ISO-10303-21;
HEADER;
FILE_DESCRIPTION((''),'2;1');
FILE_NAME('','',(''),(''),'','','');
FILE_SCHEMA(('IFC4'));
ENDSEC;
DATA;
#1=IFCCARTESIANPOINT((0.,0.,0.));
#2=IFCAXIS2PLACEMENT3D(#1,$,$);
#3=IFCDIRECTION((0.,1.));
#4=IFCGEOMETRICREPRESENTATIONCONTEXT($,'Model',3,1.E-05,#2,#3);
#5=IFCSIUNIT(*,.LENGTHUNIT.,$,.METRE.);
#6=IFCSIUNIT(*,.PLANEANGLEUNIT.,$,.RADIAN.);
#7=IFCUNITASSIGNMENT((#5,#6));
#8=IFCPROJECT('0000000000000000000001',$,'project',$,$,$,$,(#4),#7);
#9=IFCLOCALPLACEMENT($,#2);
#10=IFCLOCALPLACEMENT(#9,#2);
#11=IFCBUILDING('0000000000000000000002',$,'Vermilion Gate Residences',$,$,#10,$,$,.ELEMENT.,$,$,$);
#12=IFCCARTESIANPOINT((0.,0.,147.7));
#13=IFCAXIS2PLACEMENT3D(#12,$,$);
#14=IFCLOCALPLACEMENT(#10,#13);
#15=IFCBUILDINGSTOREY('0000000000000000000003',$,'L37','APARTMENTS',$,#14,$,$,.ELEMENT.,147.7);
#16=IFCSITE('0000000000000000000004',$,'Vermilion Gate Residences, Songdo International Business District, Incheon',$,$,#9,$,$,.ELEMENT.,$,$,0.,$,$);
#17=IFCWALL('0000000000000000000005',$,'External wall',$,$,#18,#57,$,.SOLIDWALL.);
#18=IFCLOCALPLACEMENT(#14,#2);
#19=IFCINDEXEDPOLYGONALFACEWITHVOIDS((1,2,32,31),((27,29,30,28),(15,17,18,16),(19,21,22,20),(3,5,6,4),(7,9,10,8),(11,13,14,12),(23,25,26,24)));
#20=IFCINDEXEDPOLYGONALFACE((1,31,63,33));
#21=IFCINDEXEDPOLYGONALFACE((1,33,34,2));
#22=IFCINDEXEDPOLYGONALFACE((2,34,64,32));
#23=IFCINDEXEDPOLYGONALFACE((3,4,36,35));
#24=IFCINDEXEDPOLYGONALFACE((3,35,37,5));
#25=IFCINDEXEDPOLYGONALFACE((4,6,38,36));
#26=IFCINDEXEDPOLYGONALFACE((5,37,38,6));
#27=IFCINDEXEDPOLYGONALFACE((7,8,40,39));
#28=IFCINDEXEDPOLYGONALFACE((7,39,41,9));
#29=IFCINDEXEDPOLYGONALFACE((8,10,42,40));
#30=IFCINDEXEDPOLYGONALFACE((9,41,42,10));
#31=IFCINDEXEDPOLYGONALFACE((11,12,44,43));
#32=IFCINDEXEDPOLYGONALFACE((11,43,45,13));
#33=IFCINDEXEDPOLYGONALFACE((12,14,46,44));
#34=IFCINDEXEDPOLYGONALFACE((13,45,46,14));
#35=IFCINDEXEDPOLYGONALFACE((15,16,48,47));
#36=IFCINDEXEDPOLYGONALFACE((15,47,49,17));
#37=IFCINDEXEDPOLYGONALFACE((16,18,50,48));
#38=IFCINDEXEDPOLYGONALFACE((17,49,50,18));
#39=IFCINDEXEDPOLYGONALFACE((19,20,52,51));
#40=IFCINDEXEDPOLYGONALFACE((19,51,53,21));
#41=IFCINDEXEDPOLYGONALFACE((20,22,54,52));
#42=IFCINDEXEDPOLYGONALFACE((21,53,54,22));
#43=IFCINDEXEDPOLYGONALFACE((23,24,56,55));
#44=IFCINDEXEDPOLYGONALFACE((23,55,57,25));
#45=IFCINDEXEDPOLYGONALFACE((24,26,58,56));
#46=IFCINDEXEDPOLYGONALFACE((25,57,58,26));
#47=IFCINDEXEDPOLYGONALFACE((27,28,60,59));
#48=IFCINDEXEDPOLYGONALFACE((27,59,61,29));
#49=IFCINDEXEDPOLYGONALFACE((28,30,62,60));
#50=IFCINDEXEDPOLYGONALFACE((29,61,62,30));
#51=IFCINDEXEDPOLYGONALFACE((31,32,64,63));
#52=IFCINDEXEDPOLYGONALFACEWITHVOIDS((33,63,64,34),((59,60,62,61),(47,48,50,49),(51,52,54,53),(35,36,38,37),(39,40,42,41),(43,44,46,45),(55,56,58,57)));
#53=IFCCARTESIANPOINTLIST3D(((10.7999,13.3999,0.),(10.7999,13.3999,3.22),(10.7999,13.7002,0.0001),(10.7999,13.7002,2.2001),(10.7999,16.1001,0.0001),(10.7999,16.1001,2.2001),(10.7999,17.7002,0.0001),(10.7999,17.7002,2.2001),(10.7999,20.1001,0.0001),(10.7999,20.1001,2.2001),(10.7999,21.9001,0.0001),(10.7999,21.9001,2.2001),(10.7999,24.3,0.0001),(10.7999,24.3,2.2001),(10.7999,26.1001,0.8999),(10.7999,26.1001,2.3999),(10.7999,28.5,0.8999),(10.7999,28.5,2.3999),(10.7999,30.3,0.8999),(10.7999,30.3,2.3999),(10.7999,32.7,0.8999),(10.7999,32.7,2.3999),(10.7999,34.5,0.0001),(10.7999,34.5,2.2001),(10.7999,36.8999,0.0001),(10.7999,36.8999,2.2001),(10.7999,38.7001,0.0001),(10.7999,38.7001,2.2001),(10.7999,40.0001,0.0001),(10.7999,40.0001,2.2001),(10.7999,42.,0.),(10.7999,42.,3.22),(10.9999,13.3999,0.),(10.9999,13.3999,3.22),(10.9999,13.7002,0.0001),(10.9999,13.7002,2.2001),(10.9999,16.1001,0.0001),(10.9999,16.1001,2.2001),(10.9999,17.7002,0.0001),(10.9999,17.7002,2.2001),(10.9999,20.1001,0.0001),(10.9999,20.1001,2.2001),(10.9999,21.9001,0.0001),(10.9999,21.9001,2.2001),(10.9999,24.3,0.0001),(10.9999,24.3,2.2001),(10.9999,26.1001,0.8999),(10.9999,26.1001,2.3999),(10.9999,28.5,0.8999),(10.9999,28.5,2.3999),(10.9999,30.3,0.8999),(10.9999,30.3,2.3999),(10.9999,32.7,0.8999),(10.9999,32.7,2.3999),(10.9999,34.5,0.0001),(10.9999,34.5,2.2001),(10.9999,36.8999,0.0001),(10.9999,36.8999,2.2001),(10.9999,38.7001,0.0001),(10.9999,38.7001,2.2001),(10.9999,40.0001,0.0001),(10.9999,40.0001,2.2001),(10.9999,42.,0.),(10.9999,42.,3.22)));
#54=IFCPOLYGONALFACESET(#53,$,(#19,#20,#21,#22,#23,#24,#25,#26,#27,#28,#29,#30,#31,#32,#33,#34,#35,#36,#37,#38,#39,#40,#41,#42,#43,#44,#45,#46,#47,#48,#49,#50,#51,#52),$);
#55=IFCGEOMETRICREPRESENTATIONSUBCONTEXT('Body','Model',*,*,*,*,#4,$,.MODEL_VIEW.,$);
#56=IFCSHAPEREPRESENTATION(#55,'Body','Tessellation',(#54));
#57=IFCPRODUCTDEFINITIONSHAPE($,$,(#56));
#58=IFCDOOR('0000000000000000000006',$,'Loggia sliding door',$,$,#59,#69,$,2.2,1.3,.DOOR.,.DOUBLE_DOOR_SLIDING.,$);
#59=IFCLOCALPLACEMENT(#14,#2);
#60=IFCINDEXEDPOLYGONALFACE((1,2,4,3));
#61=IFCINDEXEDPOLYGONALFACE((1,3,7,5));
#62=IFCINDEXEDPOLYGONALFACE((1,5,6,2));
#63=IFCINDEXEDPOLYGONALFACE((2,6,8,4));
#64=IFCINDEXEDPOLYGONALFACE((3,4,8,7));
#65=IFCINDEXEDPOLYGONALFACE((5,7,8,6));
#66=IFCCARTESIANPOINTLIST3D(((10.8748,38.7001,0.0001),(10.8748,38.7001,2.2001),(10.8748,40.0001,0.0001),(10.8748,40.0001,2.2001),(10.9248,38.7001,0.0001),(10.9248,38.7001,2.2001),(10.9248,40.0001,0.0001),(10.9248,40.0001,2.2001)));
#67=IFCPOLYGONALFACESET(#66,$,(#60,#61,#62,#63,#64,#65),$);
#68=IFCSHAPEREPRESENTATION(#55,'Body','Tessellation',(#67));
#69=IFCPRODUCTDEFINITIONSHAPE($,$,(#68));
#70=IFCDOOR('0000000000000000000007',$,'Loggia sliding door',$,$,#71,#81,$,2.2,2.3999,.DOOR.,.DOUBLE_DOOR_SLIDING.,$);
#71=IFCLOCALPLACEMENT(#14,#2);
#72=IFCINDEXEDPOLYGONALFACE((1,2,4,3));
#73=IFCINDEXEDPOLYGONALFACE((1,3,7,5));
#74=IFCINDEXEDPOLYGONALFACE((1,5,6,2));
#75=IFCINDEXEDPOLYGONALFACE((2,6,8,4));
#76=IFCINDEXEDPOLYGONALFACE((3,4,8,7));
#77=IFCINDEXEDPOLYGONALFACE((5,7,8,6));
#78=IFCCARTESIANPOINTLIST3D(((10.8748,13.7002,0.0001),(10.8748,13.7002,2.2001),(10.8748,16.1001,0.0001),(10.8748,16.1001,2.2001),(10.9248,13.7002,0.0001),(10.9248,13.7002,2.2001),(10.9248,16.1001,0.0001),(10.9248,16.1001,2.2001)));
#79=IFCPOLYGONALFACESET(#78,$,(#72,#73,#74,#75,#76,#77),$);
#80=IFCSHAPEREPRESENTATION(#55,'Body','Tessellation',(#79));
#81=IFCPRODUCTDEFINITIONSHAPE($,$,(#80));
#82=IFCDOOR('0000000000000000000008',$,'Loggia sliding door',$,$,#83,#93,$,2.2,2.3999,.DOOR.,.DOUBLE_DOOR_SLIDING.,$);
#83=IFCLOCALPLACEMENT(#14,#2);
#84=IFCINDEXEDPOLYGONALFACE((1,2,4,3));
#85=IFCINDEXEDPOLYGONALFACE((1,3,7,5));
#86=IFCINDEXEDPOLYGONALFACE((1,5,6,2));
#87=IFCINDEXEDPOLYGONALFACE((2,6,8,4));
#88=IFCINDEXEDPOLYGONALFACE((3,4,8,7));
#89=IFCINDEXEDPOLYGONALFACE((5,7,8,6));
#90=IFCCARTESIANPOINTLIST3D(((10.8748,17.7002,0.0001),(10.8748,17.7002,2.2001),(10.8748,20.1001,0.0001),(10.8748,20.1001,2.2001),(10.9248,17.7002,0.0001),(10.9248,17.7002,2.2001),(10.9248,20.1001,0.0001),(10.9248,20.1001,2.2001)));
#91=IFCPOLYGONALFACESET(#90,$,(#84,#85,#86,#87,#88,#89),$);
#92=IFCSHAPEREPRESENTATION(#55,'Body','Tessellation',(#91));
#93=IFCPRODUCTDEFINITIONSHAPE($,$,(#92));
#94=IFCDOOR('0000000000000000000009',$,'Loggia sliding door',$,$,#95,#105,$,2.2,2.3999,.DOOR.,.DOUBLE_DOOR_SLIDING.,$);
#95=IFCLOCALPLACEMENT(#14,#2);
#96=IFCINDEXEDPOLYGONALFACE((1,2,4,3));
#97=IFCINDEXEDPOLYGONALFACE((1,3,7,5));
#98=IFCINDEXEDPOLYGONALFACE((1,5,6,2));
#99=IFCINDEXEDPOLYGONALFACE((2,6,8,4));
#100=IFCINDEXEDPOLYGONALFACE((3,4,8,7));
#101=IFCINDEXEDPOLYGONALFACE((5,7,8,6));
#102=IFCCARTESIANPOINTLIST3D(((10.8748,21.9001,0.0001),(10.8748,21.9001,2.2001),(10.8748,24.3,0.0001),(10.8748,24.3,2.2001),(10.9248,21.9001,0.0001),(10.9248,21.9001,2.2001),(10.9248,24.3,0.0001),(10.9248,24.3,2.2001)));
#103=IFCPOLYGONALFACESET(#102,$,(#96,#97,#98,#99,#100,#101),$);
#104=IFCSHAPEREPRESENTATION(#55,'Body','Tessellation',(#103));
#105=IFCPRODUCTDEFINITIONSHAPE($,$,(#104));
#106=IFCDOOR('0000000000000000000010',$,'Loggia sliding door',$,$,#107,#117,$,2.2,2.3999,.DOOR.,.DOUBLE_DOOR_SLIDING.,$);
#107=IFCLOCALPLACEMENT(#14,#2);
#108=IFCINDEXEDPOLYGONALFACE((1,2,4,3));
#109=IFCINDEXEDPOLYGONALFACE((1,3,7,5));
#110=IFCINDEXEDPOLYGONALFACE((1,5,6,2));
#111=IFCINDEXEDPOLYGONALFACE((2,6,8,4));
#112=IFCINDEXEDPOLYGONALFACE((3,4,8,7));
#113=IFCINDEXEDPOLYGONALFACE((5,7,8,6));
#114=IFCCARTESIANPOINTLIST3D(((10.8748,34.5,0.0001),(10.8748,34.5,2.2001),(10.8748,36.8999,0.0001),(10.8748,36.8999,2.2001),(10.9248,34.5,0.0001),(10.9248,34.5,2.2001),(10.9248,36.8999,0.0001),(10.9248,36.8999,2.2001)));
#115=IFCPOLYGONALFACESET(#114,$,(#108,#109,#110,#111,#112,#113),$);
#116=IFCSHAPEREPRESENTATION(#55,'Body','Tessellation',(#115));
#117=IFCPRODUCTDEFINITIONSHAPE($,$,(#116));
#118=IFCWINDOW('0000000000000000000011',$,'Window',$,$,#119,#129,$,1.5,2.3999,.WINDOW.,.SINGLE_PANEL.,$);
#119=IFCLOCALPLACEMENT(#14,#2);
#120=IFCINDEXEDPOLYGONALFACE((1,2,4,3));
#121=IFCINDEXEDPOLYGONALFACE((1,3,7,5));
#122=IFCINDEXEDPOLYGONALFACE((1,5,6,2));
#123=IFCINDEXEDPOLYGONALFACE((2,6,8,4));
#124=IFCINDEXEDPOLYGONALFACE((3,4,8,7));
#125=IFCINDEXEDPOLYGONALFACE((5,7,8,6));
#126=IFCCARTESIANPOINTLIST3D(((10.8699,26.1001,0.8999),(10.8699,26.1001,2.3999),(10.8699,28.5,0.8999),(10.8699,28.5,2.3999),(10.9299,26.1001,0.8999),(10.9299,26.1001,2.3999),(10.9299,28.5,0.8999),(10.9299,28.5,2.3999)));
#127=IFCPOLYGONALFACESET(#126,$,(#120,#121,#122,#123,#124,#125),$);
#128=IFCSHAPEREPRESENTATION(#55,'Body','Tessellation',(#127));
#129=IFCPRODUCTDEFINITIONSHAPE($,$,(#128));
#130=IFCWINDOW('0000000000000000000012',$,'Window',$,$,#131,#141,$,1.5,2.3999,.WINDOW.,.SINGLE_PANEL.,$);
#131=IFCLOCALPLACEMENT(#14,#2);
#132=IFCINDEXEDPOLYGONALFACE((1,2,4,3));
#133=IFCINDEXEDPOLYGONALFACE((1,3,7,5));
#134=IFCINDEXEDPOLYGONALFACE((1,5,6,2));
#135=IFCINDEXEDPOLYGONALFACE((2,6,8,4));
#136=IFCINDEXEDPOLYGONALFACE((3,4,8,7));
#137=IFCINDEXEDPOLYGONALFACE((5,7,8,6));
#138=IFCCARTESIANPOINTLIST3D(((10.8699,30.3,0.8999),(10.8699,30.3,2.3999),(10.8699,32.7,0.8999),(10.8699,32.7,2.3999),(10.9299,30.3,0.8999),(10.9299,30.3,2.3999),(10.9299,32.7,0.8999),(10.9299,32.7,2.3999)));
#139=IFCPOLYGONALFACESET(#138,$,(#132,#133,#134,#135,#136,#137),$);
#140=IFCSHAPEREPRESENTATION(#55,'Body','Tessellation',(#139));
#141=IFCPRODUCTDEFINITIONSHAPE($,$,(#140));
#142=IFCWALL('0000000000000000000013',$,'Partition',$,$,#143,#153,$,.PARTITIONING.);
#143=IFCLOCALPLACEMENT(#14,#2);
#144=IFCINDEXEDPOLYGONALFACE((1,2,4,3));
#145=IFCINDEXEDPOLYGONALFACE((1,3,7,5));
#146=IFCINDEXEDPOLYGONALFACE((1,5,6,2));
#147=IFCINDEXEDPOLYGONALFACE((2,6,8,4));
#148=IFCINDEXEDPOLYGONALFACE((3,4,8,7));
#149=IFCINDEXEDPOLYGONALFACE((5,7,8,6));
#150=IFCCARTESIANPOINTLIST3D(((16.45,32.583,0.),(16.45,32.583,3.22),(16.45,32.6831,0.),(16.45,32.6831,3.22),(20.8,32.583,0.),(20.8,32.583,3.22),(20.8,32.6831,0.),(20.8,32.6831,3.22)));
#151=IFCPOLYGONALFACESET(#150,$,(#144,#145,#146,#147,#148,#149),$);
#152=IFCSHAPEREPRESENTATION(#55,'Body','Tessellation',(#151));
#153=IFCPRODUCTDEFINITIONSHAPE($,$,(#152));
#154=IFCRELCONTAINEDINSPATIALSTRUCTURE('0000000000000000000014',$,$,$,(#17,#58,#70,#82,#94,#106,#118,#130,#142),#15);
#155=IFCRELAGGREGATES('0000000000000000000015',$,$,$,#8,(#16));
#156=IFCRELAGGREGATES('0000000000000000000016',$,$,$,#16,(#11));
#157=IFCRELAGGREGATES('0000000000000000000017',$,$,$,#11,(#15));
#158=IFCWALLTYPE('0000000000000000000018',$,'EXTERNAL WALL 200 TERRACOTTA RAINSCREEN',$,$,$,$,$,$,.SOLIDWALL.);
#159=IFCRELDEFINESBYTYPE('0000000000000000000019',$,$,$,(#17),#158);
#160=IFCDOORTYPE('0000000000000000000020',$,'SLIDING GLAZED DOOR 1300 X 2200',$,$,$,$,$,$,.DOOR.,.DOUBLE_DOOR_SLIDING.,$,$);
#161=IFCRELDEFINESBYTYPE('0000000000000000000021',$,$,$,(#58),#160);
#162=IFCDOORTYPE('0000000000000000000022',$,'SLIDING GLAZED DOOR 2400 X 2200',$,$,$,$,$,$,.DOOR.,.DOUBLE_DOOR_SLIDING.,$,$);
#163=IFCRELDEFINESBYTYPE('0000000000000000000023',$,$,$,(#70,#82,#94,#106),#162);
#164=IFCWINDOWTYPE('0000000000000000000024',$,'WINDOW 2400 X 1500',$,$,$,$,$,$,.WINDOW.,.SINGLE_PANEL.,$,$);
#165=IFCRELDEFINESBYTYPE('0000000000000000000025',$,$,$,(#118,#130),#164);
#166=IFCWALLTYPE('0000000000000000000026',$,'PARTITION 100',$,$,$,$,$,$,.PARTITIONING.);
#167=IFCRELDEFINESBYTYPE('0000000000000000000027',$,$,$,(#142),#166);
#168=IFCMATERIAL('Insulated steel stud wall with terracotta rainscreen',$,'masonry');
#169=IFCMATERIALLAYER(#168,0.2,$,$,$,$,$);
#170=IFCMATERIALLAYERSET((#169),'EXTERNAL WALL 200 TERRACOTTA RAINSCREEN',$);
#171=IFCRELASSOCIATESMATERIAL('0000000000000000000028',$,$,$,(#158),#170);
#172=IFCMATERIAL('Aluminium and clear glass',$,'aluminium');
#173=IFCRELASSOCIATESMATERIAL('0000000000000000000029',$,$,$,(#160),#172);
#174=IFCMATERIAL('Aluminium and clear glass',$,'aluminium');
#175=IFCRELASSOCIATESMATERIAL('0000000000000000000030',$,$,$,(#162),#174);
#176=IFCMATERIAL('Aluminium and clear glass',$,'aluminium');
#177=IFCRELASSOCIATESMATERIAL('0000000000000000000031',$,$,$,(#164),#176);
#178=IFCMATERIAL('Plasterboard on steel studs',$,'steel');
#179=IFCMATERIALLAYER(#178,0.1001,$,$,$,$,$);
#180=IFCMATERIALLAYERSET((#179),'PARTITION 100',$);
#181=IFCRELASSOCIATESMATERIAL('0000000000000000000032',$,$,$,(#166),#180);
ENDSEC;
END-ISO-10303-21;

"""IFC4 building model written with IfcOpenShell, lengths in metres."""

from ifc_helpers import new_model, si_unit, direction, frame, frame_2d, origin, place, context, subcontext, project, spatial, rectangle, extrude, material, layer, layer_set, type_object, element, fill, save


model = new_model("IFC4")

# Units and contexts
model_context = context("Model", 3, precision=1e-05, world=origin(), true_north=direction((0.0, 1.0)))
body_context = subcontext(model_context, "Body", "Model", "MODEL_VIEW")
ifc_project = project(units=[si_unit("LENGTHUNIT", "METRE"), si_unit("PLANEANGLEUNIT", "RADIAN")], contexts=[model_context])

# Site, building, storey
site_placement = place(None, origin())
site = spatial("IfcSite", under=ifc_project, at=site_placement, Name="Vermilion Gate Residences, Songdo International Business District, Incheon", CompositionType="ELEMENT", RefElevation=0.0)
building_placement = place(site_placement, origin())
building = spatial("IfcBuilding", under=site, at=building_placement, Name="Vermilion Gate Residences", CompositionType="ELEMENT")
storey_placement = place(building_placement, frame((0.0, 0.0, 147.7)))
storey = spatial("IfcBuildingStorey", under=building, at=storey_placement, Name="L37", Description="APARTMENTS", CompositionType="ELEMENT", Elevation=147.7)

# Wall, openings, doors, windows
ifc_material_1 = material(Name="Insulated steel stud wall with terracotta rainscreen", Category="masonry")
ifc_layer_1 = layer(ifc_material_1, 0.2)
ifc_layer_set_1 = layer_set([ifc_layer_1], Name="EXTERNAL WALL 200 TERRACOTTA RAINSCREEN")
wall_type_1 = type_object("IfcWallType", Name="EXTERNAL WALL 200 TERRACOTTA RAINSCREEN", PredefinedType="SOLIDWALL", material=ifc_layer_set_1)
wall_1_placement = place(storey_placement, frame((10.8999, 42.0, 0.0), z_axis=(0.0, 0.0, 1.0), x_axis=(0.0, -1.0, 0.0)))
wall_1 = element("IfcWall", 1, at=wall_1_placement, inside=storey, type_object=wall_type_1, Name="External wall", PredefinedType="SOLIDWALL", context=body_context, shape_type="SweptSolid", body=[
    extrude(rectangle(XDim=28.6001, YDim=0.2, at=frame_2d((14.3, 0.0))), origin(), (0.0, 0.0, 1.0), 3.22),
])
opening_1_placement = place(wall_1_placement, frame((25.8999, 0.0, 0.0)))
opening_1 = element("IfcOpeningElement", 2, at=opening_1_placement, cuts=wall_1, PredefinedType="OPENING", context=body_context, shape_type="SweptSolid", body=[
    extrude(rectangle(XDim=2.3999, YDim=2.2, at=frame_2d((1.2, 1.1001))), frame((0.0, 0.1099, 0.0), z_axis=(0.0, -1.0, 0.0), x_axis=(1.0, 0.0, 0.0)), (0.0, 0.0, 1.0), 0.22),
])
opening_2_placement = place(wall_1_placement, frame((21.8999, 0.0, 0.0)))
opening_2 = element("IfcOpeningElement", 3, at=opening_2_placement, cuts=wall_1, PredefinedType="OPENING", context=body_context, shape_type="SweptSolid", body=[
    extrude(rectangle(XDim=2.3999, YDim=2.2, at=frame_2d((1.2, 1.1001))), frame((0.0, 0.1099, 0.0), z_axis=(0.0, -1.0, 0.0), x_axis=(1.0, 0.0, 0.0)), (0.0, 0.0, 1.0), 0.22),
])
opening_3_placement = place(wall_1_placement, frame((17.7, 0.0, 0.0)))
opening_3 = element("IfcOpeningElement", 4, at=opening_3_placement, cuts=wall_1, PredefinedType="OPENING", context=body_context, shape_type="SweptSolid", body=[
    extrude(rectangle(XDim=2.3999, YDim=2.2, at=frame_2d((1.2, 1.1001))), frame((0.0, 0.1099, 0.0), z_axis=(0.0, -1.0, 0.0), x_axis=(1.0, 0.0, 0.0)), (0.0, 0.0, 1.0), 0.22),
])
opening_4_placement = place(wall_1_placement, frame((13.5, 0.0, 0.8999)))
opening_4 = element("IfcOpeningElement", 5, at=opening_4_placement, cuts=wall_1, PredefinedType="OPENING", context=body_context, shape_type="SweptSolid", body=[
    extrude(rectangle(XDim=2.3999, YDim=1.5, at=frame_2d((1.2, 0.75))), frame((0.0, 0.1099, 0.0), z_axis=(0.0, -1.0, 0.0), x_axis=(1.0, 0.0, 0.0)), (0.0, 0.0, 1.0), 0.22),
])
opening_5_placement = place(wall_1_placement, frame((9.3, 0.0, 0.8999)))
opening_5 = element("IfcOpeningElement", 6, at=opening_5_placement, cuts=wall_1, PredefinedType="OPENING", context=body_context, shape_type="SweptSolid", body=[
    extrude(rectangle(XDim=2.3999, YDim=1.5, at=frame_2d((1.2, 0.75))), frame((0.0, 0.1099, 0.0), z_axis=(0.0, -1.0, 0.0), x_axis=(1.0, 0.0, 0.0)), (0.0, 0.0, 1.0), 0.22),
])
opening_6_placement = place(wall_1_placement, frame((5.1001, 0.0, 0.0)))
opening_6 = element("IfcOpeningElement", 7, at=opening_6_placement, cuts=wall_1, PredefinedType="OPENING", context=body_context, shape_type="SweptSolid", body=[
    extrude(rectangle(XDim=2.3999, YDim=2.2, at=frame_2d((1.2, 1.1001))), frame((0.0, 0.1099, 0.0), z_axis=(0.0, -1.0, 0.0), x_axis=(1.0, 0.0, 0.0)), (0.0, 0.0, 1.0), 0.22),
])
opening_7_placement = place(wall_1_placement, frame((2.0, 0.0, 0.0)))
opening_7 = element("IfcOpeningElement", 8, at=opening_7_placement, cuts=wall_1, PredefinedType="OPENING", context=body_context, shape_type="SweptSolid", body=[
    extrude(rectangle(XDim=1.3, YDim=2.2, at=frame_2d((0.6499, 1.1001))), frame((0.0, 0.1099, 0.0), z_axis=(0.0, -1.0, 0.0), x_axis=(1.0, 0.0, 0.0)), (0.0, 0.0, 1.0), 0.22),
])
ifc_material_2 = material(Name="Aluminium and clear glass", Category="aluminium")
door_type_1 = type_object("IfcDoorType", Name="SLIDING GLAZED DOOR 1300 X 2200", OperationType="DOUBLE_DOOR_SLIDING", PredefinedType="DOOR", material=ifc_material_2)
door_1_placement = place(opening_7_placement, origin())
door_1 = element("IfcDoor", 9, at=door_1_placement, inside=storey, type_object=door_type_1, Name="Loggia sliding door", OperationType="DOUBLE_DOOR_SLIDING", OverallHeight=2.2, OverallWidth=1.3, PredefinedType="DOOR", context=body_context, shape_type="SweptSolid", body=[
    extrude(rectangle(XDim=1.3, YDim=2.2, at=frame_2d((0.6499, 1.1001))), frame((0.0, 0.0249, 0.0), z_axis=(0.0, -1.0, 0.0), x_axis=(1.0, 0.0, 0.0)), (0.0, 0.0, 1.0), 0.05),
])
fill(opening_7, door_1)
ifc_material_3 = material(Name="Aluminium and clear glass", Category="aluminium")
door_type_2 = type_object("IfcDoorType", Name="SLIDING GLAZED DOOR 2400 X 2200", OperationType="DOUBLE_DOOR_SLIDING", PredefinedType="DOOR", material=ifc_material_3)
door_2_placement = place(opening_1_placement, origin())
door_2 = element("IfcDoor", 10, at=door_2_placement, inside=storey, type_object=door_type_2, Name="Loggia sliding door", OperationType="DOUBLE_DOOR_SLIDING", OverallHeight=2.2, OverallWidth=2.3999, PredefinedType="DOOR", context=body_context, shape_type="SweptSolid", body=[
    extrude(rectangle(XDim=2.3999, YDim=2.2, at=frame_2d((1.2, 1.1001))), frame((0.0, 0.0249, 0.0), z_axis=(0.0, -1.0, 0.0), x_axis=(1.0, 0.0, 0.0)), (0.0, 0.0, 1.0), 0.05),
])
fill(opening_1, door_2)
door_3_placement = place(opening_2_placement, origin())
door_3 = element("IfcDoor", 11, at=door_3_placement, inside=storey, type_object=door_type_2, Name="Loggia sliding door", OperationType="DOUBLE_DOOR_SLIDING", OverallHeight=2.2, OverallWidth=2.3999, PredefinedType="DOOR", context=body_context, shape_type="SweptSolid", body=[
    extrude(rectangle(XDim=2.3999, YDim=2.2, at=frame_2d((1.2, 1.1001))), frame((0.0, 0.0249, 0.0), z_axis=(0.0, -1.0, 0.0), x_axis=(1.0, 0.0, 0.0)), (0.0, 0.0, 1.0), 0.05),
])
fill(opening_2, door_3)
door_4_placement = place(opening_3_placement, origin())
door_4 = element("IfcDoor", 12, at=door_4_placement, inside=storey, type_object=door_type_2, Name="Loggia sliding door", OperationType="DOUBLE_DOOR_SLIDING", OverallHeight=2.2, OverallWidth=2.3999, PredefinedType="DOOR", context=body_context, shape_type="SweptSolid", body=[
    extrude(rectangle(XDim=2.3999, YDim=2.2, at=frame_2d((1.2, 1.1001))), frame((0.0, 0.0249, 0.0), z_axis=(0.0, -1.0, 0.0), x_axis=(1.0, 0.0, 0.0)), (0.0, 0.0, 1.0), 0.05),
])
fill(opening_3, door_4)
door_5_placement = place(opening_6_placement, origin())
door_5 = element("IfcDoor", 13, at=door_5_placement, inside=storey, type_object=door_type_2, Name="Loggia sliding door", OperationType="DOUBLE_DOOR_SLIDING", OverallHeight=2.2, OverallWidth=2.3999, PredefinedType="DOOR", context=body_context, shape_type="SweptSolid", body=[
    extrude(rectangle(XDim=2.3999, YDim=2.2, at=frame_2d((1.2, 1.1001))), frame((0.0, 0.0249, 0.0), z_axis=(0.0, -1.0, 0.0), x_axis=(1.0, 0.0, 0.0)), (0.0, 0.0, 1.0), 0.05),
])
fill(opening_6, door_5)
ifc_material_4 = material(Name="Aluminium and clear glass", Category="aluminium")
window_type = type_object("IfcWindowType", Name="WINDOW 2400 X 1500", PartitioningType="SINGLE_PANEL", PredefinedType="WINDOW", material=ifc_material_4)
window_1_placement = place(opening_4_placement, origin())
window_1 = element("IfcWindow", 14, at=window_1_placement, inside=storey, type_object=window_type, Name="Window", OverallHeight=1.5, OverallWidth=2.3999, PartitioningType="SINGLE_PANEL", PredefinedType="WINDOW", context=body_context, shape_type="SweptSolid", body=[
    extrude(rectangle(XDim=2.3999, YDim=1.5, at=frame_2d((1.2, 0.75))), frame((0.0, 0.03, 0.0), z_axis=(0.0, -1.0, 0.0), x_axis=(1.0, 0.0, 0.0)), (0.0, 0.0, 1.0), 0.0601),
])
fill(opening_4, window_1)
window_2_placement = place(opening_5_placement, origin())
window_2 = element("IfcWindow", 15, at=window_2_placement, inside=storey, type_object=window_type, Name="Window", OverallHeight=1.5, OverallWidth=2.3999, PartitioningType="SINGLE_PANEL", PredefinedType="WINDOW", context=body_context, shape_type="SweptSolid", body=[
    extrude(rectangle(XDim=2.3999, YDim=1.5, at=frame_2d((1.2, 0.75))), frame((0.0, 0.03, 0.0), z_axis=(0.0, -1.0, 0.0), x_axis=(1.0, 0.0, 0.0)), (0.0, 0.0, 1.0), 0.0601),
])
fill(opening_5, window_2)

# Wall
ifc_material_5 = material(Name="Plasterboard on steel studs", Category="steel")
ifc_layer_2 = layer(ifc_material_5, 0.1001)
ifc_layer_set_2 = layer_set([ifc_layer_2], Name="PARTITION 100")
wall_type_2 = type_object("IfcWallType", Name="PARTITION 100", PredefinedType="PARTITIONING", material=ifc_layer_set_2)
wall_2_placement = place(storey_placement, frame((16.45, 32.6331, 0.0), z_axis=(0.0, 0.0, 1.0), x_axis=(1.0, 0.0, 0.0)))
element("IfcWall", 16, at=wall_2_placement, inside=storey, type_object=wall_type_2, Name="Partition", PredefinedType="PARTITIONING", context=body_context, shape_type="SweptSolid", body=[
    extrude(rectangle(XDim=4.3501, YDim=0.1001, at=frame_2d((2.175, 0.0))), origin(), (0.0, 0.0, 1.0), 3.22),
])

save(model, "model.ifc")
